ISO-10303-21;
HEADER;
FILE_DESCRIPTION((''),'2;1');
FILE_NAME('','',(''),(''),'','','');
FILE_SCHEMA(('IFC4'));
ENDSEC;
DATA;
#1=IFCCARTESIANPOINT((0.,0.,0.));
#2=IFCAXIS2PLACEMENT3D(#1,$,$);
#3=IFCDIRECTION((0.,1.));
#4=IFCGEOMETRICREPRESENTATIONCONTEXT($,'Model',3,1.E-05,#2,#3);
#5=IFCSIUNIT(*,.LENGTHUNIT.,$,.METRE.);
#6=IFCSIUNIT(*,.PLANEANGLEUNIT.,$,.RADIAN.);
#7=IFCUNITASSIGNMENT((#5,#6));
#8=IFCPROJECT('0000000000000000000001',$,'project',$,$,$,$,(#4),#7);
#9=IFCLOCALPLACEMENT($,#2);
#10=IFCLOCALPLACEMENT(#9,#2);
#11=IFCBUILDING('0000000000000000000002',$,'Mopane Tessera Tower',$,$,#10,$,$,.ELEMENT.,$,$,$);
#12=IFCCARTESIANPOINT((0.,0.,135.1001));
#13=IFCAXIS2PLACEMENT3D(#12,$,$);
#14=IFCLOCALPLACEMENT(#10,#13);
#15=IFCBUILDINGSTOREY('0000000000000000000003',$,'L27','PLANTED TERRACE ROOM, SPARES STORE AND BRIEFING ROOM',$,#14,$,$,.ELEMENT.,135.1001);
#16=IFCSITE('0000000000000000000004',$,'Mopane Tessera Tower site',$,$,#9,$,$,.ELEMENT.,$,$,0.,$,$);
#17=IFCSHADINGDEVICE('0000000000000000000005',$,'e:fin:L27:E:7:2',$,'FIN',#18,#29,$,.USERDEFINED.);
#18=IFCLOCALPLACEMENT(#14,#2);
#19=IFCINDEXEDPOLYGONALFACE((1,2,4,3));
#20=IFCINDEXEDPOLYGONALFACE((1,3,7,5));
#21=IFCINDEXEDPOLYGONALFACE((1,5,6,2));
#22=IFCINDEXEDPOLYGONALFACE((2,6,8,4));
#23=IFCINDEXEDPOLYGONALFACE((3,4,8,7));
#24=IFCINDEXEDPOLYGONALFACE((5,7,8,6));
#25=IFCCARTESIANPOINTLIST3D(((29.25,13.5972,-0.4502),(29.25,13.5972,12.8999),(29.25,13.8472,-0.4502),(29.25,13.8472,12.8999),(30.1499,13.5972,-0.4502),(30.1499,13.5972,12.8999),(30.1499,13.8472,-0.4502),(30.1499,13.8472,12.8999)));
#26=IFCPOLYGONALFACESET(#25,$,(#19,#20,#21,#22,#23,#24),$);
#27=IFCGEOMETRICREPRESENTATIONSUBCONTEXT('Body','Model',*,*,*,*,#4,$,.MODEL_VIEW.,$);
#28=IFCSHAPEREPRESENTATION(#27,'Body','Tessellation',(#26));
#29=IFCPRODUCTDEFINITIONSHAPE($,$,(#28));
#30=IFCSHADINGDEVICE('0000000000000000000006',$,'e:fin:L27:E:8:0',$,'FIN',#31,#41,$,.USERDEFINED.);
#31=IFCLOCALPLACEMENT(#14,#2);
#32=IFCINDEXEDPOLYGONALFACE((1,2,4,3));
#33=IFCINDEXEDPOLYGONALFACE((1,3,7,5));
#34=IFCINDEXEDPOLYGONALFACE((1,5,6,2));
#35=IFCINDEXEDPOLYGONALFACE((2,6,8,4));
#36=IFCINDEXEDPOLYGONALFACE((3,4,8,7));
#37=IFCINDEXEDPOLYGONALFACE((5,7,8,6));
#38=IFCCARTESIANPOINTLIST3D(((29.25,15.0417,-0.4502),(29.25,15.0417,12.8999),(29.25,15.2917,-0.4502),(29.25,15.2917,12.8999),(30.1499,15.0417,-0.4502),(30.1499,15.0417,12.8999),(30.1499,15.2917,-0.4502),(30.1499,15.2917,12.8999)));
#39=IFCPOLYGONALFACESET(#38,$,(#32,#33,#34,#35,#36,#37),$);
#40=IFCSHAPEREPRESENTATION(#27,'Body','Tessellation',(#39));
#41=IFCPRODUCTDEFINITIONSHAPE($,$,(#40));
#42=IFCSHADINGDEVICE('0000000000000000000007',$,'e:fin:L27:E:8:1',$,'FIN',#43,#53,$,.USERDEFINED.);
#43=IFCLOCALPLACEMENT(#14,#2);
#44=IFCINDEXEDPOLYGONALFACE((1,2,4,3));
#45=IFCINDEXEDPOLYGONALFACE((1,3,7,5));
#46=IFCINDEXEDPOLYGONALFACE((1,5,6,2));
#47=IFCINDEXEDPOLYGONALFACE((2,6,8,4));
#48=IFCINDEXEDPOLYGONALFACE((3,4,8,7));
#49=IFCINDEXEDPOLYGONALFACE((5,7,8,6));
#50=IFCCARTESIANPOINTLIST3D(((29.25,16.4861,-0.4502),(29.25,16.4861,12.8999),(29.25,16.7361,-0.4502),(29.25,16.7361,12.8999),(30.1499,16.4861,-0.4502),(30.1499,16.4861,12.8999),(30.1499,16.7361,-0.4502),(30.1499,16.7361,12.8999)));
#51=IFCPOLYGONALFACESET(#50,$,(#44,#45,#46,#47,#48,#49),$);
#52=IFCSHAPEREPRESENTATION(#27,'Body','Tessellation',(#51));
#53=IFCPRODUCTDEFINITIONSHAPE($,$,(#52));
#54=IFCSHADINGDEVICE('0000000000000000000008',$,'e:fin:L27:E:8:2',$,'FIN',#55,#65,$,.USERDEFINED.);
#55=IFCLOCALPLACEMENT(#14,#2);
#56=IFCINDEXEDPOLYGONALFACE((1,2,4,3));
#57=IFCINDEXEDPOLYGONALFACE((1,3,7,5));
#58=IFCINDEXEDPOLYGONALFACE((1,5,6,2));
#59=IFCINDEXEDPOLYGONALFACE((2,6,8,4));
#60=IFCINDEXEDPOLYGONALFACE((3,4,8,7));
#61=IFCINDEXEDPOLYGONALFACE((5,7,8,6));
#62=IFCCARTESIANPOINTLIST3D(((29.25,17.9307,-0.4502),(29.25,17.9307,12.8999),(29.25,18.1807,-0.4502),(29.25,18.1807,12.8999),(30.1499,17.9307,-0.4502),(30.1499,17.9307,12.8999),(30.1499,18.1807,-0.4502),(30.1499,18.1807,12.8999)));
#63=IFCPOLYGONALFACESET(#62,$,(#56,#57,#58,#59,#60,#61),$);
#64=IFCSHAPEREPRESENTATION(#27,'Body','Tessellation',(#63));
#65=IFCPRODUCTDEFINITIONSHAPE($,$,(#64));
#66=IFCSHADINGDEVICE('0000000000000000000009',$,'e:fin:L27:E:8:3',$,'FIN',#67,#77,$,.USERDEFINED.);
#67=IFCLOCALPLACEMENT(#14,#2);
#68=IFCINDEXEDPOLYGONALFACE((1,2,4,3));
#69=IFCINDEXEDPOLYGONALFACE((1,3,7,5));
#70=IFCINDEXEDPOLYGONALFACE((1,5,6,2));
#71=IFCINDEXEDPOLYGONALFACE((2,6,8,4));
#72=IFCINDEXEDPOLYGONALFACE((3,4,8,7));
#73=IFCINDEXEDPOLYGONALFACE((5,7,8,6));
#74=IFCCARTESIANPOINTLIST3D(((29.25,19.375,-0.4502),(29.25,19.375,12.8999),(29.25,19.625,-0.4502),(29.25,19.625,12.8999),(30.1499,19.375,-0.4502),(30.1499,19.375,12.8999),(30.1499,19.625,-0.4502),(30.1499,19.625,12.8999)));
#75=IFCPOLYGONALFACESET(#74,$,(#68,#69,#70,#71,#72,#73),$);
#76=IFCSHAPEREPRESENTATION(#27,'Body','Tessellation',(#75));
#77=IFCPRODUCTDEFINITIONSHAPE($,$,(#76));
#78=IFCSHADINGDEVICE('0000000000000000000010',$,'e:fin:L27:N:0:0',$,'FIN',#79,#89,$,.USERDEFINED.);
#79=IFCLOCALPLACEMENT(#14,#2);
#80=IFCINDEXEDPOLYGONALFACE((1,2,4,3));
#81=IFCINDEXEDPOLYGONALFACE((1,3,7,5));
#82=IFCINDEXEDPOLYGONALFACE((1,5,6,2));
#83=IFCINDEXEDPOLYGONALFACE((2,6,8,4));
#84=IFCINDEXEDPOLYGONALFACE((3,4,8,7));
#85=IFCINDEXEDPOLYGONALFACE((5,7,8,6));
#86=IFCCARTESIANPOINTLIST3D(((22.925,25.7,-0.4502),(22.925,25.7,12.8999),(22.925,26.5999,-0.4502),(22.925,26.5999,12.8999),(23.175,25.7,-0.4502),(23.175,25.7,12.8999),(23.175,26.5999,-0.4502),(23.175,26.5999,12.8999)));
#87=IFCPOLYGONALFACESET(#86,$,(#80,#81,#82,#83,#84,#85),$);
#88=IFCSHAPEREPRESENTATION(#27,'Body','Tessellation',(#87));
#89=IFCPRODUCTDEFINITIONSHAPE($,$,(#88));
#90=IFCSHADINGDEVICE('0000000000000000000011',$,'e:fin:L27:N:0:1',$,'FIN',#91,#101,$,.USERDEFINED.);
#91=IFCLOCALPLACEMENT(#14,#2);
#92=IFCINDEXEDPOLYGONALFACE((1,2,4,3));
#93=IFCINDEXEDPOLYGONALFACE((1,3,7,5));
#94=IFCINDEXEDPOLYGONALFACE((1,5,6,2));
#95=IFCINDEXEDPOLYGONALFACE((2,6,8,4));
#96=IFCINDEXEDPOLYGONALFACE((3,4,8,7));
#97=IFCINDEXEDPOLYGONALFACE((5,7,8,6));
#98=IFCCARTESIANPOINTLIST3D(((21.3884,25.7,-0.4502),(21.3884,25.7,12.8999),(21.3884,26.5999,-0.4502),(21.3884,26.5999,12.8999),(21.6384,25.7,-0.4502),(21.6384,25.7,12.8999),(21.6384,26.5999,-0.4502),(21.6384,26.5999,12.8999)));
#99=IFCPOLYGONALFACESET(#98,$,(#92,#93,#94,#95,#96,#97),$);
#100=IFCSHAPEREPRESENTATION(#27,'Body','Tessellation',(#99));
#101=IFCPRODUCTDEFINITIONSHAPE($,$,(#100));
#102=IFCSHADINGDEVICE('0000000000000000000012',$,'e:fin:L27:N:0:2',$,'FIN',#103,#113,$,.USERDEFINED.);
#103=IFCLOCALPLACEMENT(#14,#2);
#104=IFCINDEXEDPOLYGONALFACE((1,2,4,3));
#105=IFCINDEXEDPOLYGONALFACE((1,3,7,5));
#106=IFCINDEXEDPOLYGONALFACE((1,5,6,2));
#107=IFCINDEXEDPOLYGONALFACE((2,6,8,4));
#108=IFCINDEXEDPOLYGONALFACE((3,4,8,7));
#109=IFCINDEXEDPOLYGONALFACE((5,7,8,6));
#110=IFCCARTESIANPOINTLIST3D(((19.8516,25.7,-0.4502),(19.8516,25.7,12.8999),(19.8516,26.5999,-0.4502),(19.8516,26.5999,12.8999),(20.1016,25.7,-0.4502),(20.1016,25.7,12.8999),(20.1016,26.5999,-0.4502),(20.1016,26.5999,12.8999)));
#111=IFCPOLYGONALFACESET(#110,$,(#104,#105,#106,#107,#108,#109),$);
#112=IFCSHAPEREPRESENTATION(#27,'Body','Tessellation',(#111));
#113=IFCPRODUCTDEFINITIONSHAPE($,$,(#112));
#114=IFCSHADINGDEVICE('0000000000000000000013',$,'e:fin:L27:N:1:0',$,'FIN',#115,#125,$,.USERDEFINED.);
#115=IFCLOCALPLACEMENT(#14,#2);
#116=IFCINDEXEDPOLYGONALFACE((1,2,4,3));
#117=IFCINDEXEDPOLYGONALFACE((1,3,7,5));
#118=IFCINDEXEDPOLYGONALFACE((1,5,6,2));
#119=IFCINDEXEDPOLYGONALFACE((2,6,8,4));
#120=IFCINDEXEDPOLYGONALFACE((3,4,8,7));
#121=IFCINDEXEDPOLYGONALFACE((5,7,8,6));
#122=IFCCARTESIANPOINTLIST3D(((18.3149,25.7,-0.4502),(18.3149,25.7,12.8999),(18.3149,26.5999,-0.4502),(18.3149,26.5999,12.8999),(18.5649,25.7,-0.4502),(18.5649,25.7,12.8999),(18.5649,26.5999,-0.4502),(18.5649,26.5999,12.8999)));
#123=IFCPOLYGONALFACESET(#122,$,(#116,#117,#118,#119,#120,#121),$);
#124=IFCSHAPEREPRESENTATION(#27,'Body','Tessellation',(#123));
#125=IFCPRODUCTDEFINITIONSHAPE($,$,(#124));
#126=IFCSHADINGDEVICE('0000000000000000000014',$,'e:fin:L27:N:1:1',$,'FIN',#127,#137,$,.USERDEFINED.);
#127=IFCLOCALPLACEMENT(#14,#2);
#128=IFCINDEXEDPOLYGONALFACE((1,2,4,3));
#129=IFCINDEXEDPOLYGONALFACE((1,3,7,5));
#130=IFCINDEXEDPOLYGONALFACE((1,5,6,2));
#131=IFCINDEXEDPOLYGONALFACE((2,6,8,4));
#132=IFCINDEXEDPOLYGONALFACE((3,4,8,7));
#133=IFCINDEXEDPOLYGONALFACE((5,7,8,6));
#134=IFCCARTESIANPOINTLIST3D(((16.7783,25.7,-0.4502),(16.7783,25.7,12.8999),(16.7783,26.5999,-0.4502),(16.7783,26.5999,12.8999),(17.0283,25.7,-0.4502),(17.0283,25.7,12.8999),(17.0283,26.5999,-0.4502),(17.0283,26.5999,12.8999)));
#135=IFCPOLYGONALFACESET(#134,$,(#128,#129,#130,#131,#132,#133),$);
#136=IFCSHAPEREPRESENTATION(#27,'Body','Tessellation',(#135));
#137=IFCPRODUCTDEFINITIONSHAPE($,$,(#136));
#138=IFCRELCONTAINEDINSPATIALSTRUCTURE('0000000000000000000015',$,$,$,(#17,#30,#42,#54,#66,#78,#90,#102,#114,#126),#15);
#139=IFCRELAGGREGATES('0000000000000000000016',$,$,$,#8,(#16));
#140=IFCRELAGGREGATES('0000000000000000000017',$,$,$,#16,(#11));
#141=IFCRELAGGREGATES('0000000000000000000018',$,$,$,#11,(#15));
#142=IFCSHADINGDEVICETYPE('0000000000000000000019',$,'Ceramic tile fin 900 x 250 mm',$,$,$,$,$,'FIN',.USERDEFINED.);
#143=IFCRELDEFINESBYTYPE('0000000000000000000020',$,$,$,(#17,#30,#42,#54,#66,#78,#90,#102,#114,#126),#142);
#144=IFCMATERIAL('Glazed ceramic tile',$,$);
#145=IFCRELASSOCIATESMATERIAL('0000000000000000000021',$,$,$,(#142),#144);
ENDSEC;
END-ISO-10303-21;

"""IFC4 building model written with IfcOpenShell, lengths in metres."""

from ifc_helpers import new_model, si_unit, direction, frame, origin, origin_2d, place, context, subcontext, project, spatial, rectangle, extrude, material, type_object, element, save


model = new_model("IFC4")

# Units and contexts
model_context = context("Model", 3, precision=1e-05, world=origin(), true_north=direction((0.0, 1.0)))
body_context = subcontext(model_context, "Body", "Model", "MODEL_VIEW")
ifc_project = project(units=[si_unit("LENGTHUNIT", "METRE"), si_unit("PLANEANGLEUNIT", "RADIAN")], contexts=[model_context])

# Site, building, storey
site_placement = place(None, origin())
site = spatial("IfcSite", under=ifc_project, at=site_placement, Name="Mopane Tessera Tower site", CompositionType="ELEMENT", RefElevation=0.0)
building_placement = place(site_placement, origin())
building = spatial("IfcBuilding", under=site, at=building_placement, Name="Mopane Tessera Tower", CompositionType="ELEMENT")
storey_placement = place(building_placement, frame((0.0, 0.0, 135.1001)))
storey = spatial("IfcBuildingStorey", under=building, at=storey_placement, Name="L27", Description="PLANTED TERRACE ROOM, SPARES STORE AND BRIEFING ROOM", CompositionType="ELEMENT", Elevation=135.1001)

# Shading devices
ifc_material_1 = material(Name="Glazed ceramic tile")
shading_device_type = type_object("IfcShadingDeviceType", Name="Ceramic tile fin 900 x 250 mm", ElementType="FIN", PredefinedType="USERDEFINED", material=ifc_material_1)
for number, where, z_axis, x_axis, name in (
    (1, (29.7, 13.7222, -0.4502), (0.0, 0.0, 1.0), (0.0, 1.0, 0.0), "e:fin:L27:E:7:2"),
    (2, (29.7, 15.1667, -0.4502), (0.0, 0.0, 1.0), (0.0, 1.0, 0.0), "e:fin:L27:E:8:0"),
    (3, (29.7, 16.6111, -0.4502), (0.0, 0.0, 1.0), (0.0, 1.0, 0.0), "e:fin:L27:E:8:1"),
    (4, (29.7, 18.0557, -0.4502), (0.0, 0.0, 1.0), (0.0, 1.0, 0.0), "e:fin:L27:E:8:2"),
    (5, (29.7, 19.5, -0.4502), (0.0, 0.0, 1.0), (0.0, 1.0, 0.0), "e:fin:L27:E:8:3"),
    (6, (23.05, 26.1499, -0.4502), (0.0, 0.0, 1.0), (-1.0, 0.0, 0.0), "e:fin:L27:N:0:0"),
    (7, (21.5134, 26.1499, -0.4502), (0.0, 0.0, 1.0), (-1.0, 0.0, 0.0), "e:fin:L27:N:0:1"),
    (8, (19.9766, 26.1499, -0.4502), (0.0, 0.0, 1.0), (-1.0, 0.0, 0.0), "e:fin:L27:N:0:2"),
    (9, (18.4399, 26.1499, -0.4502), (0.0, 0.0, 1.0), (-1.0, 0.0, 0.0), "e:fin:L27:N:1:0"),
    (10, (16.9033, 26.1499, -0.4502), (0.0, 0.0, 1.0), (-1.0, 0.0, 0.0), "e:fin:L27:N:1:1"),
):
    element("IfcShadingDevice", number, at=place(storey_placement, frame(where, z_axis=z_axis, x_axis=x_axis)), inside=storey, type_object=shading_device_type, Name=name, ObjectType="FIN", PredefinedType="USERDEFINED", context=body_context, shape_type="SweptSolid", body=[
        extrude(rectangle(XDim=0.25, YDim=0.8999, at=origin_2d()), origin(), (0.0, 0.0, 1.0), 13.3501),
    ])

save(model, "model.ifc")
